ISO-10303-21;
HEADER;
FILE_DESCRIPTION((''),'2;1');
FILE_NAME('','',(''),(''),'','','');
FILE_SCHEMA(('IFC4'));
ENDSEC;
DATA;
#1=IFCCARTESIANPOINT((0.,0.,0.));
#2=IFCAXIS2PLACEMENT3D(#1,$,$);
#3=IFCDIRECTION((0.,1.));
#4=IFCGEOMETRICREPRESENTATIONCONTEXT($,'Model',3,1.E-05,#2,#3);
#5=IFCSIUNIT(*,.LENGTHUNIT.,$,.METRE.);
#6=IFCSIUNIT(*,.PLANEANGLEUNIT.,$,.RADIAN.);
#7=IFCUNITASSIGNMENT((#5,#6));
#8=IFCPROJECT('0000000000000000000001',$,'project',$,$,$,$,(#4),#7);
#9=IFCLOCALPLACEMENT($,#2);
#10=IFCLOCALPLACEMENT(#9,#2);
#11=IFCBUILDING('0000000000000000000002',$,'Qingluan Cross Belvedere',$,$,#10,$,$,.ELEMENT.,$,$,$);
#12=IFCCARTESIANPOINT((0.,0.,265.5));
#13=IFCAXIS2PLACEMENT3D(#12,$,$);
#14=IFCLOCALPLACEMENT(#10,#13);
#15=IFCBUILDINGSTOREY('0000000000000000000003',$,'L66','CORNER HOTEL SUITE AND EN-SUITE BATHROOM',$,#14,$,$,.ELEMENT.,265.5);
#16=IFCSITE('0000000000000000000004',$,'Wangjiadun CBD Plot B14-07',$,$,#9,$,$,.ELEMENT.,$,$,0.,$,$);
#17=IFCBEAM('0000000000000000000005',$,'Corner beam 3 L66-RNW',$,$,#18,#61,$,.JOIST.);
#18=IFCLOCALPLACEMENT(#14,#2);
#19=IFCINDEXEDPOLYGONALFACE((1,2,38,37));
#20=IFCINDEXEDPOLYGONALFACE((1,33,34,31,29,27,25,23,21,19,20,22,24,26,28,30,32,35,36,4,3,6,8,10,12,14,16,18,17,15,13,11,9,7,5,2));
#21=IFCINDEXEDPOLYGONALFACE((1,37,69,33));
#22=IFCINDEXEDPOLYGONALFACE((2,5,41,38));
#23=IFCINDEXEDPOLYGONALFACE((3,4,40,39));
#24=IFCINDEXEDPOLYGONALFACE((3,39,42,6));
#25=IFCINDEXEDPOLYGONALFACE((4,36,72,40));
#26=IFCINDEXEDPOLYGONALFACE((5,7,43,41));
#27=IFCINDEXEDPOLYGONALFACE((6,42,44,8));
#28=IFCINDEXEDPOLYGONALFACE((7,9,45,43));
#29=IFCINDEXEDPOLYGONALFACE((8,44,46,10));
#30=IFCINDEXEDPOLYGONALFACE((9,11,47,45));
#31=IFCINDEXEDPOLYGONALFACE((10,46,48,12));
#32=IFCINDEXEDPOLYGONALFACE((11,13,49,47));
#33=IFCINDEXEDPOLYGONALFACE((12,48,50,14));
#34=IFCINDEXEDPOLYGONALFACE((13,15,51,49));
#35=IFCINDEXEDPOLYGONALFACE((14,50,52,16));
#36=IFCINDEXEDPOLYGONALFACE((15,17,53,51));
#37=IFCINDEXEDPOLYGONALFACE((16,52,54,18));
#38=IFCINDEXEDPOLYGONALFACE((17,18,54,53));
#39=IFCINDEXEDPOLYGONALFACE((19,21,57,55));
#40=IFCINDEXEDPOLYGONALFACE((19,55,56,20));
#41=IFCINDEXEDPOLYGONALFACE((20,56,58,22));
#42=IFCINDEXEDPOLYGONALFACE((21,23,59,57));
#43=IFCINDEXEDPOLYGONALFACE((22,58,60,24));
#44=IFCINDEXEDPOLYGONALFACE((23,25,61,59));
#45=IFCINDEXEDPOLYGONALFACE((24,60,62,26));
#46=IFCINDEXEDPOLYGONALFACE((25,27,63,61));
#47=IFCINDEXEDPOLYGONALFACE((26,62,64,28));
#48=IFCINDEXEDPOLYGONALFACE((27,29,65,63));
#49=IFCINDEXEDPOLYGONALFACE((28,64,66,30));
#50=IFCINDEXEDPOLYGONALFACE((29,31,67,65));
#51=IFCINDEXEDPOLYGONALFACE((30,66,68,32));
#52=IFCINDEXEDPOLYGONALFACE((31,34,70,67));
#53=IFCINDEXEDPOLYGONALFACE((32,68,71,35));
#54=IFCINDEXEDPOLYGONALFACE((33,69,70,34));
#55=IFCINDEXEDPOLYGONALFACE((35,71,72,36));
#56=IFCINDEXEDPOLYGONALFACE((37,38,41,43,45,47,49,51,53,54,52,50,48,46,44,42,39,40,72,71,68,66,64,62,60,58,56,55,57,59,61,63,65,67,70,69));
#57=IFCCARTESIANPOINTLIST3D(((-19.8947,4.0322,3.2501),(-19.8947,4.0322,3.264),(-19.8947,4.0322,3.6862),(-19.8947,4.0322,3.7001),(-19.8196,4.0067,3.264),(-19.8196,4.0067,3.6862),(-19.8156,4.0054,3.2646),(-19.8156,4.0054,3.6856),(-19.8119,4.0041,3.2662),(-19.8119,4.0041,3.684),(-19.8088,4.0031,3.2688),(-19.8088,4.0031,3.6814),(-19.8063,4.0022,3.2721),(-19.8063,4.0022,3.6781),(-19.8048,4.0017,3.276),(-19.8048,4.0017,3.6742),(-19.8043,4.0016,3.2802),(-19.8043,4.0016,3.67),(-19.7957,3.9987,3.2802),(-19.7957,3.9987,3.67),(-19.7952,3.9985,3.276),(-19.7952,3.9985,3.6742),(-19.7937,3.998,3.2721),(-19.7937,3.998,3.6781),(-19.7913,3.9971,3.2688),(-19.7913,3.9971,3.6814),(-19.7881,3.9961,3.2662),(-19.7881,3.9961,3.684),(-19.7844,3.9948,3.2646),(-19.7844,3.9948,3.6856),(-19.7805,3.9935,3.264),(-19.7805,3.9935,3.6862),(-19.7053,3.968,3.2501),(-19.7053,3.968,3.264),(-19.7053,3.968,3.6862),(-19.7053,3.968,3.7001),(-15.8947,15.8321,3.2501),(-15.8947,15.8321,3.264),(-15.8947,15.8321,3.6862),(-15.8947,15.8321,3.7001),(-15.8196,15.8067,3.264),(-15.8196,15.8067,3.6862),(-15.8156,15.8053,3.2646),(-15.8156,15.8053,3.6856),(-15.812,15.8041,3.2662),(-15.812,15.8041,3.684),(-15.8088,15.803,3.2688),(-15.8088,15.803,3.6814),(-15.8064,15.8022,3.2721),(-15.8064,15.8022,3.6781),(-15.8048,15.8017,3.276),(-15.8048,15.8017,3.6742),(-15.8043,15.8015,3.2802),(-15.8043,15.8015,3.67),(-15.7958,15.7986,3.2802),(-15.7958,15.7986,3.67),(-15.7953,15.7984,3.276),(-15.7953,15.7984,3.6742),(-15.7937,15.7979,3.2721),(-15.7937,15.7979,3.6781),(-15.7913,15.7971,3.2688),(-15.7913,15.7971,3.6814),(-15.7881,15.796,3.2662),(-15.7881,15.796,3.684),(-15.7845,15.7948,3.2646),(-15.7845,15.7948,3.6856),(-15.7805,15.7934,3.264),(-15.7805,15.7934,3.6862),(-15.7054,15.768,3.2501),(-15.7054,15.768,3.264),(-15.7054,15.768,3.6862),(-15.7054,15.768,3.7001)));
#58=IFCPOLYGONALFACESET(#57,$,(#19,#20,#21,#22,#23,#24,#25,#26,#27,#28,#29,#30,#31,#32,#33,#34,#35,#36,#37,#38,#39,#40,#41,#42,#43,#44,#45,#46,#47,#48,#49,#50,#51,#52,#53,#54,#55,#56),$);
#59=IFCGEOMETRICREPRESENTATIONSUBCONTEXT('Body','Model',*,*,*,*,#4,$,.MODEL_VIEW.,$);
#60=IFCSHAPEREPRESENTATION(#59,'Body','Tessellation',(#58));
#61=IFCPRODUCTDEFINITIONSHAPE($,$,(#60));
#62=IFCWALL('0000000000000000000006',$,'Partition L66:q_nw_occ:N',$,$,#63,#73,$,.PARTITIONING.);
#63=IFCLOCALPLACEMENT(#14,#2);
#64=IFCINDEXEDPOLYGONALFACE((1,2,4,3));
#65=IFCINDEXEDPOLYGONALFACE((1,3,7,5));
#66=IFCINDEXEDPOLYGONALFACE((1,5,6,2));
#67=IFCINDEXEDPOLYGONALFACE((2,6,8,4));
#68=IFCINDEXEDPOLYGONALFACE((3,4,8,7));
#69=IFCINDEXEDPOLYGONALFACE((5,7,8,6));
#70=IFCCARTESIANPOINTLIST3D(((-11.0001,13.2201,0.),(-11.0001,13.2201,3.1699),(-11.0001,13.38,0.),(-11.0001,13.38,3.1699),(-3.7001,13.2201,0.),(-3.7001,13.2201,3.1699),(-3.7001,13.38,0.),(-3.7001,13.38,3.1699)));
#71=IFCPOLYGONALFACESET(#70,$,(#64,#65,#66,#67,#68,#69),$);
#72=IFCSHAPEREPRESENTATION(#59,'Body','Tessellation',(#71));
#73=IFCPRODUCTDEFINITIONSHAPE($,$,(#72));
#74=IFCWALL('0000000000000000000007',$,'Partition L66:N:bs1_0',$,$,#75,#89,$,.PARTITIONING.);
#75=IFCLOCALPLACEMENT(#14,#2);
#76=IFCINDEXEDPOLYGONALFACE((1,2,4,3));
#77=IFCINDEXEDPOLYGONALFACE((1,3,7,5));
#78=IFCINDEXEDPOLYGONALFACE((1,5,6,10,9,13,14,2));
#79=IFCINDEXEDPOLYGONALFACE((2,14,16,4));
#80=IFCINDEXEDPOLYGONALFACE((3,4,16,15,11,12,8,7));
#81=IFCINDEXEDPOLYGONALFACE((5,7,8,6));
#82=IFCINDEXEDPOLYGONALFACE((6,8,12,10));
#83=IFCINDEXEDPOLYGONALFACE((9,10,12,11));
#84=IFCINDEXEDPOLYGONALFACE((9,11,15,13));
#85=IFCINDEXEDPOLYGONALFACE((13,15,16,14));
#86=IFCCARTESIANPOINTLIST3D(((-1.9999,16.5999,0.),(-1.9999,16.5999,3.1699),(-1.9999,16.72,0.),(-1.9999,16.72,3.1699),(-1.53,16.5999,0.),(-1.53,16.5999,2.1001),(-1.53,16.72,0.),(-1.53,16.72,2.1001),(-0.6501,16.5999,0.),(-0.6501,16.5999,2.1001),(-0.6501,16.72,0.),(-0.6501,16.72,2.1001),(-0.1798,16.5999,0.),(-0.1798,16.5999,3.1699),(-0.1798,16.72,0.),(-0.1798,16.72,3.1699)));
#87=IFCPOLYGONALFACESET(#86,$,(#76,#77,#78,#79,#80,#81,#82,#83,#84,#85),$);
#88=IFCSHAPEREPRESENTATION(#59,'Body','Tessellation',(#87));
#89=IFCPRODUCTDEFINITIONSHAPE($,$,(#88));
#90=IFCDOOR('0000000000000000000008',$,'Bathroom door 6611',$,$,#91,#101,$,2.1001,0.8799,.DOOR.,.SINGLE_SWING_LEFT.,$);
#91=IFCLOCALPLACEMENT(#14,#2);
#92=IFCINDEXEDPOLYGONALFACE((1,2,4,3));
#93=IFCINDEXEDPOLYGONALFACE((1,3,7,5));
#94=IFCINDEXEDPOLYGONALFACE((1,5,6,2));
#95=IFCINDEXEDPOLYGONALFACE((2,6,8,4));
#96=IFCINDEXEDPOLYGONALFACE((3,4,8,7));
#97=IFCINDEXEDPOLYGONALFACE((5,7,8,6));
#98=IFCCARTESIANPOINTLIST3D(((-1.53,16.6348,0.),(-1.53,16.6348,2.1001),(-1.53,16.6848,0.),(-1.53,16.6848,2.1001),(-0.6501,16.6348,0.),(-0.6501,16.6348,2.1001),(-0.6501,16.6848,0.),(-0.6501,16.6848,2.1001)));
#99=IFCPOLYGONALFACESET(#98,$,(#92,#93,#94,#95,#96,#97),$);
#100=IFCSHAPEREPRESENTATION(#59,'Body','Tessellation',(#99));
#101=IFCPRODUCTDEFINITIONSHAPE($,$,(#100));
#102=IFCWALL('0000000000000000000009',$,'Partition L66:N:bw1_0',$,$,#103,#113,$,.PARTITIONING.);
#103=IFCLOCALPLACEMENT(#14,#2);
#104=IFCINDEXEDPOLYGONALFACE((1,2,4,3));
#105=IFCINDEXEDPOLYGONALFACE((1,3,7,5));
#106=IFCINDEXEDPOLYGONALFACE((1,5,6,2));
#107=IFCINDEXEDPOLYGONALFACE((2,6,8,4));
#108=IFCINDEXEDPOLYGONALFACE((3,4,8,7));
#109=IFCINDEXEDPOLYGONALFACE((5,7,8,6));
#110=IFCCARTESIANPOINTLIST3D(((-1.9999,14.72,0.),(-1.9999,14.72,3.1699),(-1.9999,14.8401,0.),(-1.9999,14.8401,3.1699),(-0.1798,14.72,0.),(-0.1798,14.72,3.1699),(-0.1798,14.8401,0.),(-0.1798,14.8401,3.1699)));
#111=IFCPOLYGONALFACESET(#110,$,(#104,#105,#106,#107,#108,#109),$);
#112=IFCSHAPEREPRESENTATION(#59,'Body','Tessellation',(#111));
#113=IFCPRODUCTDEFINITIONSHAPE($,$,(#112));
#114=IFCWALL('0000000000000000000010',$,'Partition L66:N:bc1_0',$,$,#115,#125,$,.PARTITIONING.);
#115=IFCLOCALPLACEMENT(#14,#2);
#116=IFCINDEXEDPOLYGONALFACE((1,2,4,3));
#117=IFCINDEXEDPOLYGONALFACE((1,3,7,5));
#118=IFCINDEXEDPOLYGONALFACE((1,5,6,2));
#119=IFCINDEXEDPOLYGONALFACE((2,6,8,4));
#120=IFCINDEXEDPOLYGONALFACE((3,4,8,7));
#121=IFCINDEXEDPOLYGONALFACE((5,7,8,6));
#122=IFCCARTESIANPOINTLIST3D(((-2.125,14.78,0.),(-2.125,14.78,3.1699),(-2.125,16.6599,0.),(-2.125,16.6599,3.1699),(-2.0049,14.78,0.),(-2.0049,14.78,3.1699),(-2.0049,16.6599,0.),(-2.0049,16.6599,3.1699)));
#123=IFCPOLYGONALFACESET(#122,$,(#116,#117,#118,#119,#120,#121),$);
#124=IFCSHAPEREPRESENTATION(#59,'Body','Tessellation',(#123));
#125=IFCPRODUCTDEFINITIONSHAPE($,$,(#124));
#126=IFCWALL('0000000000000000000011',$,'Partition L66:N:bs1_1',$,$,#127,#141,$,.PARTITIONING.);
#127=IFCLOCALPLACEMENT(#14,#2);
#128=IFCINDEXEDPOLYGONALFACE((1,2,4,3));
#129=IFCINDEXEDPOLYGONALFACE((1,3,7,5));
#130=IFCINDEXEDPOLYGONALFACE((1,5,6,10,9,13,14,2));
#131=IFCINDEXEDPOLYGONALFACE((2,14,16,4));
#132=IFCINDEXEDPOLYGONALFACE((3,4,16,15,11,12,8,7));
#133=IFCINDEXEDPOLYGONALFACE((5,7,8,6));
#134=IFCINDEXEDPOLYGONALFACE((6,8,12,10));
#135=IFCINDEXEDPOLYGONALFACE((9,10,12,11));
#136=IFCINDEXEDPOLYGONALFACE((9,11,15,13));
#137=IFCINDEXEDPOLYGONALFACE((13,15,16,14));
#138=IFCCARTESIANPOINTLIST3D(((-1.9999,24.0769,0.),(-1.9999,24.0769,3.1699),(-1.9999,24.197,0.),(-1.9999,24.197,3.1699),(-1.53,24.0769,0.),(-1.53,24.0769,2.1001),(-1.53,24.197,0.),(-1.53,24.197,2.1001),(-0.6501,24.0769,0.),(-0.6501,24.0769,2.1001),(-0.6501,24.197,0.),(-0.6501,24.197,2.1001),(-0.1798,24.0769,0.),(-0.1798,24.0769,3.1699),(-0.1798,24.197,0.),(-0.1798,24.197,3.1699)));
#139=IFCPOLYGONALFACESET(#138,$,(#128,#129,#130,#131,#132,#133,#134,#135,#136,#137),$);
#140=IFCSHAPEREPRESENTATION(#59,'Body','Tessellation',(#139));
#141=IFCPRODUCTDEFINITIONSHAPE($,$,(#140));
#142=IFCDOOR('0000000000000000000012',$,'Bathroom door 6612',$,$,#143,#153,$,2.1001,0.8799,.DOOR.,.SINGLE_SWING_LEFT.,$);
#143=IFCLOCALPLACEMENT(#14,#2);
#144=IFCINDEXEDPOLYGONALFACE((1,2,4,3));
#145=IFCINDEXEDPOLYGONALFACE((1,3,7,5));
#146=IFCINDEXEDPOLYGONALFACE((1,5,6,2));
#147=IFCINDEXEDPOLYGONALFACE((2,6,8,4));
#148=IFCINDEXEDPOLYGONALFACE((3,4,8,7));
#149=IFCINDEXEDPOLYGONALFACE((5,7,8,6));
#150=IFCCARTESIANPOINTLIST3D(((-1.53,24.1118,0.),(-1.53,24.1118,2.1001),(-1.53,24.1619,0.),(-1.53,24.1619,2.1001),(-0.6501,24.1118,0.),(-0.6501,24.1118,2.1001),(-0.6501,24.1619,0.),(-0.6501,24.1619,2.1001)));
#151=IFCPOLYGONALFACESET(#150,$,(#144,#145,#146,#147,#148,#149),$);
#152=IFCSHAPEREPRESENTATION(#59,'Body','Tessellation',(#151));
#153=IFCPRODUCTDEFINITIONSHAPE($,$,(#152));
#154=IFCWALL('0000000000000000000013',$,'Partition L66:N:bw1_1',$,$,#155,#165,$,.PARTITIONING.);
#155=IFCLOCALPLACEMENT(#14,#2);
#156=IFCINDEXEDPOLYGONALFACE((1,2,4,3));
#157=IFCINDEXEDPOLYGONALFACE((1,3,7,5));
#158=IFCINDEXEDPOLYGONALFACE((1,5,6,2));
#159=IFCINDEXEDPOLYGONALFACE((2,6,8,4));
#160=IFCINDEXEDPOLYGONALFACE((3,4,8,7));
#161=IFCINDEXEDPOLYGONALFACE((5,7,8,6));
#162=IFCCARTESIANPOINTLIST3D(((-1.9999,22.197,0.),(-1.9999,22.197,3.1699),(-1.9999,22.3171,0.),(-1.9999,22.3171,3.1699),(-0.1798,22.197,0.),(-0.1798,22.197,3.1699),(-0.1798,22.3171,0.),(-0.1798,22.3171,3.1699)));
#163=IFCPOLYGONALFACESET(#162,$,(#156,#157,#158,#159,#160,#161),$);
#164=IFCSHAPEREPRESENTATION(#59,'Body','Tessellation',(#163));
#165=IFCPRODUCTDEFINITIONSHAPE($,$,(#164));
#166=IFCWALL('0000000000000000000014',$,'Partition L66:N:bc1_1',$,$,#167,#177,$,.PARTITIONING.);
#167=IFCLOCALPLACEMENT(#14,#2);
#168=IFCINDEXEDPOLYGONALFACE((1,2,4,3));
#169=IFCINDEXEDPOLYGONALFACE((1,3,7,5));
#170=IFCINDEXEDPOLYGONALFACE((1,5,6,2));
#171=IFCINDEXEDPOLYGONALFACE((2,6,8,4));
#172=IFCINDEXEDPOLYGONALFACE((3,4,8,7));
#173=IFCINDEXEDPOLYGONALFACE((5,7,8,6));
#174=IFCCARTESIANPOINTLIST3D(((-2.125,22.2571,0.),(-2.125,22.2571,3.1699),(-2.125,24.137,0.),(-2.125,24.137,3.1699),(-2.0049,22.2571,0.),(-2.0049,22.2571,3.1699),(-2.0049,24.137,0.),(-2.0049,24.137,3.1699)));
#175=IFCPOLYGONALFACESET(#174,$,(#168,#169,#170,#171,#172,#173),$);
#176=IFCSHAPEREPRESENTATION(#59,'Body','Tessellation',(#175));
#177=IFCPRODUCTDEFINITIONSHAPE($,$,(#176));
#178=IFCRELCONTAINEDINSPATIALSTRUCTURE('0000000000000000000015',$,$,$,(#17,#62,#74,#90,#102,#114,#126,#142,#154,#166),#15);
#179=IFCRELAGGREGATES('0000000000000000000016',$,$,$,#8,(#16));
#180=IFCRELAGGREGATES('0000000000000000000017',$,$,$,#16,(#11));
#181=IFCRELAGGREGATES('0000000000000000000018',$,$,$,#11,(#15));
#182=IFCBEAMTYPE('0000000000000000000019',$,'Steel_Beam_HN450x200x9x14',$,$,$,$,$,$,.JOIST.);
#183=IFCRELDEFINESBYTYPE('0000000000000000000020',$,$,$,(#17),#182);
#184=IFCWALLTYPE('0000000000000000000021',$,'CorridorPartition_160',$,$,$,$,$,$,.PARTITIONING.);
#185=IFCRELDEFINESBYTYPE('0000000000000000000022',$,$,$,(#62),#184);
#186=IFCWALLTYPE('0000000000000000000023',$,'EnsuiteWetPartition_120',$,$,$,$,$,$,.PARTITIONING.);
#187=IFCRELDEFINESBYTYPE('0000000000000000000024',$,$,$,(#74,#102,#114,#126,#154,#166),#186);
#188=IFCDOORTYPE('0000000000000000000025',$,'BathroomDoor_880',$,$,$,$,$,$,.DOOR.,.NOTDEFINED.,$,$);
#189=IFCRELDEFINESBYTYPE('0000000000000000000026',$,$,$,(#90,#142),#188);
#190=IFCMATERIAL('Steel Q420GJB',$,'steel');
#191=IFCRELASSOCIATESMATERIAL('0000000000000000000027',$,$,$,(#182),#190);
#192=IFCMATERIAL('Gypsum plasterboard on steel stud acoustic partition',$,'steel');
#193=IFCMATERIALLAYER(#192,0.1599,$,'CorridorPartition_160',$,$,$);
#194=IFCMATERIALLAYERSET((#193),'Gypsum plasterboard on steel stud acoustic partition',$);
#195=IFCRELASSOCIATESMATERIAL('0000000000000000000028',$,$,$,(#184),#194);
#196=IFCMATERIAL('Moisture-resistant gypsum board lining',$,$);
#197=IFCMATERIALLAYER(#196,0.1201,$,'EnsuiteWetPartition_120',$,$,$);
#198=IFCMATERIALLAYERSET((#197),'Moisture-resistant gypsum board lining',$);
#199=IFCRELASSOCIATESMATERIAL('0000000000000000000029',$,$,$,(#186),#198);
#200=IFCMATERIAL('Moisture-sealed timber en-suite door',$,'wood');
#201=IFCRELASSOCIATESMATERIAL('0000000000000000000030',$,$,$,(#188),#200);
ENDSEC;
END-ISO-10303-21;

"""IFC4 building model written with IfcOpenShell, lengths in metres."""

from ifc_helpers import new_model, si_unit, direction, frame, frame_2d, origin, origin_2d, place, context, subcontext, project, spatial, rectangle, i_section, extrude, material, layer, layer_set, material_profile, profile_set, type_object, element, fill, save


model = new_model("IFC4")

# Units and contexts
model_context = context("Model", 3, precision=1e-05, world=origin(), true_north=direction((0.0, 1.0)))
body_context = subcontext(model_context, "Body", "Model", "MODEL_VIEW")
ifc_project = project(units=[si_unit("LENGTHUNIT", "METRE"), si_unit("PLANEANGLEUNIT", "RADIAN")], contexts=[model_context])

# Site, building, storey
site_placement = place(None, origin())
site = spatial("IfcSite", under=ifc_project, at=site_placement, Name="Wangjiadun CBD Plot B14-07", CompositionType="ELEMENT", RefElevation=0.0)
building_placement = place(site_placement, origin())
building = spatial("IfcBuilding", under=site, at=building_placement, Name="Qingluan Cross Belvedere", CompositionType="ELEMENT")
storey_placement = place(building_placement, frame((0.0, 0.0, 265.5)))
storey = spatial("IfcBuildingStorey", under=building, at=storey_placement, Name="L66", Description="CORNER HOTEL SUITE AND EN-SUITE BATHROOM", CompositionType="ELEMENT", Elevation=265.5)

# Beam
ifc_material_1 = material(Name="Steel Q420GJB", Category="steel")
ifc_material_profile_1 = material_profile(ifc_material_1, i_section(OverallWidth=0.2, OverallDepth=0.45, WebThickness=0.009, FlangeThickness=0.0139, FilletRadius=0.0161, at=origin_2d()), Name="HN450x200x9x14")
ifc_profile_set_1 = profile_set([ifc_material_profile_1], Name="Steel Q420GJB")
beam_type_1 = type_object("IfcBeamType", Name="Steel_Beam_HN450x200x9x14", PredefinedType="JOIST", material=ifc_profile_set_1)
for number, where, z_axis, x_axis, name in (
    (1, (-15.8, 15.8, 3.4751), (-0.321038, -0.947066, 0.0), (0.947066, -0.321038, 0.0), "Corner beam 3 L66-RNW"),
):
    element("IfcBeam", number, at=place(storey_placement, frame(where, z_axis=z_axis, x_axis=x_axis)), inside=storey, type_object=beam_type_1, Name=name, PredefinedType="JOIST", context=body_context, shape_type="SweptSolid", body=[
        extrude(i_section(OverallWidth=0.2, OverallDepth=0.45, WebThickness=0.009, FlangeThickness=0.0139, FilletRadius=0.0161, at=origin_2d()), origin(), (0.0, 0.0, 1.0), 12.4595),
    ])

# Wall
ifc_material_2 = material(Name="Gypsum plasterboard on steel stud acoustic partition", Category="steel")
ifc_layer_1 = layer(ifc_material_2, 0.1599, Name="CorridorPartition_160")
ifc_layer_set_1 = layer_set([ifc_layer_1], Name="Gypsum plasterboard on steel stud acoustic partition")
wall_type_1 = type_object("IfcWallType", Name="CorridorPartition_160", PredefinedType="PARTITIONING", material=ifc_layer_set_1)
wall_1_placement = place(storey_placement, frame((-11.0, 13.3, 0.0), z_axis=(0.0, 0.0, 1.0), x_axis=(1.0, 0.0, 0.0)))
element("IfcWall", 2, at=wall_1_placement, inside=storey, type_object=wall_type_1, Name="Partition L66:q_nw_occ:N", PredefinedType="PARTITIONING", context=body_context, shape_type="SweptSolid", body=[
    extrude(rectangle(XDim=7.3, YDim=0.1599, at=frame_2d((3.6499, 0.0))), origin(), (0.0, 0.0, 1.0), 3.1699),
])

# Wall, opening, door
ifc_material_3 = material(Name="Moisture-resistant gypsum board lining")
ifc_layer_2 = layer(ifc_material_3, 0.1201, Name="EnsuiteWetPartition_120")
ifc_layer_set_2 = layer_set([ifc_layer_2], Name="Moisture-resistant gypsum board lining")
wall_type_2 = type_object("IfcWallType", Name="EnsuiteWetPartition_120", PredefinedType="PARTITIONING", material=ifc_layer_set_2)
wall_2_placement = place(storey_placement, frame((-2.0, 16.6599, 0.0), z_axis=(0.0, 0.0, 1.0), x_axis=(1.0, 0.0, 0.0)))
wall_2 = element("IfcWall", 3, at=wall_2_placement, inside=storey, type_object=wall_type_2, Name="Partition L66:N:bs1_0", PredefinedType="PARTITIONING", context=body_context, shape_type="SweptSolid", body=[
    extrude(rectangle(XDim=1.8201, YDim=0.1201, at=frame_2d((0.9102, 0.0))), origin(), (0.0, 0.0, 1.0), 3.1699),
])
opening_1_placement = place(wall_2_placement, frame((0.47, 0.0, 0.0)))
opening_1 = element("IfcOpeningElement", 4, at=opening_1_placement, cuts=wall_2, PredefinedType="OPENING", context=body_context, shape_type="SweptSolid", body=[
    extrude(rectangle(XDim=0.8799, YDim=2.1001, at=frame_2d((0.4399, 1.05))), frame((0.0, 0.0701, 0.0), z_axis=(0.0, -1.0, 0.0), x_axis=(1.0, 0.0, 0.0)), (0.0, 0.0, 1.0), 0.1401),
])
ifc_material_4 = material(Name="Moisture-sealed timber en-suite door", Category="wood")
door_type = type_object("IfcDoorType", Name="BathroomDoor_880", OperationType="NOTDEFINED", PredefinedType="DOOR", material=ifc_material_4)
door_1_placement = place(opening_1_placement, origin())
door_1 = element("IfcDoor", 5, at=door_1_placement, inside=storey, type_object=door_type, Name="Bathroom door 6611", OperationType="SINGLE_SWING_LEFT", OverallHeight=2.1001, OverallWidth=0.8799, PredefinedType="DOOR", context=body_context, shape_type="SweptSolid", body=[
    extrude(rectangle(XDim=0.8799, YDim=2.1001, at=frame_2d((0.4399, 1.05))), frame((0.0, 0.0249, 0.0), z_axis=(0.0, -1.0, 0.0), x_axis=(1.0, 0.0, 0.0)), (0.0, 0.0, 1.0), 0.05),
])
fill(opening_1, door_1)

# Walls
wall_3_placement = place(storey_placement, frame((-2.0, 14.78, 0.0), z_axis=(0.0, 0.0, 1.0), x_axis=(1.0, 0.0, 0.0)))
element("IfcWall", 6, at=wall_3_placement, inside=storey, type_object=wall_type_2, Name="Partition L66:N:bw1_0", PredefinedType="PARTITIONING", context=body_context, shape_type="SweptSolid", body=[
    extrude(rectangle(XDim=1.8201, YDim=0.1201, at=frame_2d((0.9102, 0.0))), origin(), (0.0, 0.0, 1.0), 3.1699),
])
wall_4_placement = place(storey_placement, frame((-2.0649, 14.78, 0.0), z_axis=(0.0, 0.0, 1.0), x_axis=(0.0, 1.0, 0.0)))
element("IfcWall", 7, at=wall_4_placement, inside=storey, type_object=wall_type_2, Name="Partition L66:N:bc1_0", PredefinedType="PARTITIONING", context=body_context, shape_type="SweptSolid", body=[
    extrude(rectangle(XDim=1.8799, YDim=0.1201, at=frame_2d((0.9399, 0.0))), origin(), (0.0, 0.0, 1.0), 3.1699),
])

# Wall, opening, door
wall_5_placement = place(storey_placement, frame((-2.0, 24.137, 0.0), z_axis=(0.0, 0.0, 1.0), x_axis=(1.0, 0.0, 0.0)))
wall_5 = element("IfcWall", 8, at=wall_5_placement, inside=storey, type_object=wall_type_2, Name="Partition L66:N:bs1_1", PredefinedType="PARTITIONING", context=body_context, shape_type="SweptSolid", body=[
    extrude(rectangle(XDim=1.8201, YDim=0.1201, at=frame_2d((0.9102, 0.0))), origin(), (0.0, 0.0, 1.0), 3.1699),
])
opening_2_placement = place(wall_5_placement, frame((0.47, 0.0, 0.0)))
opening_2 = element("IfcOpeningElement", 9, at=opening_2_placement, cuts=wall_5, PredefinedType="OPENING", context=body_context, shape_type="SweptSolid", body=[
    extrude(rectangle(XDim=0.8799, YDim=2.1001, at=frame_2d((0.4399, 1.05))), frame((0.0, 0.0701, 0.0), z_axis=(0.0, -1.0, 0.0), x_axis=(1.0, 0.0, 0.0)), (0.0, 0.0, 1.0), 0.1401),
])
door_2_placement = place(opening_2_placement, origin())
door_2 = element("IfcDoor", 10, at=door_2_placement, inside=storey, type_object=door_type, Name="Bathroom door 6612", OperationType="SINGLE_SWING_LEFT", OverallHeight=2.1001, OverallWidth=0.8799, PredefinedType="DOOR", context=body_context, shape_type="SweptSolid", body=[
    extrude(rectangle(XDim=0.8799, YDim=2.1001, at=frame_2d((0.4399, 1.05))), frame((0.0, 0.0249, 0.0), z_axis=(0.0, -1.0, 0.0), x_axis=(1.0, 0.0, 0.0)), (0.0, 0.0, 1.0), 0.05),
])
fill(opening_2, door_2)

# Walls
wall_6_placement = place(storey_placement, frame((-2.0, 22.2571, 0.0), z_axis=(0.0, 0.0, 1.0), x_axis=(1.0, 0.0, 0.0)))
element("IfcWall", 11, at=wall_6_placement, inside=storey, type_object=wall_type_2, Name="Partition L66:N:bw1_1", PredefinedType="PARTITIONING", context=body_context, shape_type="SweptSolid", body=[
    extrude(rectangle(XDim=1.8201, YDim=0.1201, at=frame_2d((0.9102, 0.0))), origin(), (0.0, 0.0, 1.0), 3.1699),
])
wall_7_placement = place(storey_placement, frame((-2.0649, 22.2571, 0.0), z_axis=(0.0, 0.0, 1.0), x_axis=(0.0, 1.0, 0.0)))
element("IfcWall", 12, at=wall_7_placement, inside=storey, type_object=wall_type_2, Name="Partition L66:N:bc1_1", PredefinedType="PARTITIONING", context=body_context, shape_type="SweptSolid", body=[
    extrude(rectangle(XDim=1.8799, YDim=0.1201, at=frame_2d((0.9399, 0.0))), origin(), (0.0, 0.0, 1.0), 3.1699),
])

save(model, "model.ifc")
